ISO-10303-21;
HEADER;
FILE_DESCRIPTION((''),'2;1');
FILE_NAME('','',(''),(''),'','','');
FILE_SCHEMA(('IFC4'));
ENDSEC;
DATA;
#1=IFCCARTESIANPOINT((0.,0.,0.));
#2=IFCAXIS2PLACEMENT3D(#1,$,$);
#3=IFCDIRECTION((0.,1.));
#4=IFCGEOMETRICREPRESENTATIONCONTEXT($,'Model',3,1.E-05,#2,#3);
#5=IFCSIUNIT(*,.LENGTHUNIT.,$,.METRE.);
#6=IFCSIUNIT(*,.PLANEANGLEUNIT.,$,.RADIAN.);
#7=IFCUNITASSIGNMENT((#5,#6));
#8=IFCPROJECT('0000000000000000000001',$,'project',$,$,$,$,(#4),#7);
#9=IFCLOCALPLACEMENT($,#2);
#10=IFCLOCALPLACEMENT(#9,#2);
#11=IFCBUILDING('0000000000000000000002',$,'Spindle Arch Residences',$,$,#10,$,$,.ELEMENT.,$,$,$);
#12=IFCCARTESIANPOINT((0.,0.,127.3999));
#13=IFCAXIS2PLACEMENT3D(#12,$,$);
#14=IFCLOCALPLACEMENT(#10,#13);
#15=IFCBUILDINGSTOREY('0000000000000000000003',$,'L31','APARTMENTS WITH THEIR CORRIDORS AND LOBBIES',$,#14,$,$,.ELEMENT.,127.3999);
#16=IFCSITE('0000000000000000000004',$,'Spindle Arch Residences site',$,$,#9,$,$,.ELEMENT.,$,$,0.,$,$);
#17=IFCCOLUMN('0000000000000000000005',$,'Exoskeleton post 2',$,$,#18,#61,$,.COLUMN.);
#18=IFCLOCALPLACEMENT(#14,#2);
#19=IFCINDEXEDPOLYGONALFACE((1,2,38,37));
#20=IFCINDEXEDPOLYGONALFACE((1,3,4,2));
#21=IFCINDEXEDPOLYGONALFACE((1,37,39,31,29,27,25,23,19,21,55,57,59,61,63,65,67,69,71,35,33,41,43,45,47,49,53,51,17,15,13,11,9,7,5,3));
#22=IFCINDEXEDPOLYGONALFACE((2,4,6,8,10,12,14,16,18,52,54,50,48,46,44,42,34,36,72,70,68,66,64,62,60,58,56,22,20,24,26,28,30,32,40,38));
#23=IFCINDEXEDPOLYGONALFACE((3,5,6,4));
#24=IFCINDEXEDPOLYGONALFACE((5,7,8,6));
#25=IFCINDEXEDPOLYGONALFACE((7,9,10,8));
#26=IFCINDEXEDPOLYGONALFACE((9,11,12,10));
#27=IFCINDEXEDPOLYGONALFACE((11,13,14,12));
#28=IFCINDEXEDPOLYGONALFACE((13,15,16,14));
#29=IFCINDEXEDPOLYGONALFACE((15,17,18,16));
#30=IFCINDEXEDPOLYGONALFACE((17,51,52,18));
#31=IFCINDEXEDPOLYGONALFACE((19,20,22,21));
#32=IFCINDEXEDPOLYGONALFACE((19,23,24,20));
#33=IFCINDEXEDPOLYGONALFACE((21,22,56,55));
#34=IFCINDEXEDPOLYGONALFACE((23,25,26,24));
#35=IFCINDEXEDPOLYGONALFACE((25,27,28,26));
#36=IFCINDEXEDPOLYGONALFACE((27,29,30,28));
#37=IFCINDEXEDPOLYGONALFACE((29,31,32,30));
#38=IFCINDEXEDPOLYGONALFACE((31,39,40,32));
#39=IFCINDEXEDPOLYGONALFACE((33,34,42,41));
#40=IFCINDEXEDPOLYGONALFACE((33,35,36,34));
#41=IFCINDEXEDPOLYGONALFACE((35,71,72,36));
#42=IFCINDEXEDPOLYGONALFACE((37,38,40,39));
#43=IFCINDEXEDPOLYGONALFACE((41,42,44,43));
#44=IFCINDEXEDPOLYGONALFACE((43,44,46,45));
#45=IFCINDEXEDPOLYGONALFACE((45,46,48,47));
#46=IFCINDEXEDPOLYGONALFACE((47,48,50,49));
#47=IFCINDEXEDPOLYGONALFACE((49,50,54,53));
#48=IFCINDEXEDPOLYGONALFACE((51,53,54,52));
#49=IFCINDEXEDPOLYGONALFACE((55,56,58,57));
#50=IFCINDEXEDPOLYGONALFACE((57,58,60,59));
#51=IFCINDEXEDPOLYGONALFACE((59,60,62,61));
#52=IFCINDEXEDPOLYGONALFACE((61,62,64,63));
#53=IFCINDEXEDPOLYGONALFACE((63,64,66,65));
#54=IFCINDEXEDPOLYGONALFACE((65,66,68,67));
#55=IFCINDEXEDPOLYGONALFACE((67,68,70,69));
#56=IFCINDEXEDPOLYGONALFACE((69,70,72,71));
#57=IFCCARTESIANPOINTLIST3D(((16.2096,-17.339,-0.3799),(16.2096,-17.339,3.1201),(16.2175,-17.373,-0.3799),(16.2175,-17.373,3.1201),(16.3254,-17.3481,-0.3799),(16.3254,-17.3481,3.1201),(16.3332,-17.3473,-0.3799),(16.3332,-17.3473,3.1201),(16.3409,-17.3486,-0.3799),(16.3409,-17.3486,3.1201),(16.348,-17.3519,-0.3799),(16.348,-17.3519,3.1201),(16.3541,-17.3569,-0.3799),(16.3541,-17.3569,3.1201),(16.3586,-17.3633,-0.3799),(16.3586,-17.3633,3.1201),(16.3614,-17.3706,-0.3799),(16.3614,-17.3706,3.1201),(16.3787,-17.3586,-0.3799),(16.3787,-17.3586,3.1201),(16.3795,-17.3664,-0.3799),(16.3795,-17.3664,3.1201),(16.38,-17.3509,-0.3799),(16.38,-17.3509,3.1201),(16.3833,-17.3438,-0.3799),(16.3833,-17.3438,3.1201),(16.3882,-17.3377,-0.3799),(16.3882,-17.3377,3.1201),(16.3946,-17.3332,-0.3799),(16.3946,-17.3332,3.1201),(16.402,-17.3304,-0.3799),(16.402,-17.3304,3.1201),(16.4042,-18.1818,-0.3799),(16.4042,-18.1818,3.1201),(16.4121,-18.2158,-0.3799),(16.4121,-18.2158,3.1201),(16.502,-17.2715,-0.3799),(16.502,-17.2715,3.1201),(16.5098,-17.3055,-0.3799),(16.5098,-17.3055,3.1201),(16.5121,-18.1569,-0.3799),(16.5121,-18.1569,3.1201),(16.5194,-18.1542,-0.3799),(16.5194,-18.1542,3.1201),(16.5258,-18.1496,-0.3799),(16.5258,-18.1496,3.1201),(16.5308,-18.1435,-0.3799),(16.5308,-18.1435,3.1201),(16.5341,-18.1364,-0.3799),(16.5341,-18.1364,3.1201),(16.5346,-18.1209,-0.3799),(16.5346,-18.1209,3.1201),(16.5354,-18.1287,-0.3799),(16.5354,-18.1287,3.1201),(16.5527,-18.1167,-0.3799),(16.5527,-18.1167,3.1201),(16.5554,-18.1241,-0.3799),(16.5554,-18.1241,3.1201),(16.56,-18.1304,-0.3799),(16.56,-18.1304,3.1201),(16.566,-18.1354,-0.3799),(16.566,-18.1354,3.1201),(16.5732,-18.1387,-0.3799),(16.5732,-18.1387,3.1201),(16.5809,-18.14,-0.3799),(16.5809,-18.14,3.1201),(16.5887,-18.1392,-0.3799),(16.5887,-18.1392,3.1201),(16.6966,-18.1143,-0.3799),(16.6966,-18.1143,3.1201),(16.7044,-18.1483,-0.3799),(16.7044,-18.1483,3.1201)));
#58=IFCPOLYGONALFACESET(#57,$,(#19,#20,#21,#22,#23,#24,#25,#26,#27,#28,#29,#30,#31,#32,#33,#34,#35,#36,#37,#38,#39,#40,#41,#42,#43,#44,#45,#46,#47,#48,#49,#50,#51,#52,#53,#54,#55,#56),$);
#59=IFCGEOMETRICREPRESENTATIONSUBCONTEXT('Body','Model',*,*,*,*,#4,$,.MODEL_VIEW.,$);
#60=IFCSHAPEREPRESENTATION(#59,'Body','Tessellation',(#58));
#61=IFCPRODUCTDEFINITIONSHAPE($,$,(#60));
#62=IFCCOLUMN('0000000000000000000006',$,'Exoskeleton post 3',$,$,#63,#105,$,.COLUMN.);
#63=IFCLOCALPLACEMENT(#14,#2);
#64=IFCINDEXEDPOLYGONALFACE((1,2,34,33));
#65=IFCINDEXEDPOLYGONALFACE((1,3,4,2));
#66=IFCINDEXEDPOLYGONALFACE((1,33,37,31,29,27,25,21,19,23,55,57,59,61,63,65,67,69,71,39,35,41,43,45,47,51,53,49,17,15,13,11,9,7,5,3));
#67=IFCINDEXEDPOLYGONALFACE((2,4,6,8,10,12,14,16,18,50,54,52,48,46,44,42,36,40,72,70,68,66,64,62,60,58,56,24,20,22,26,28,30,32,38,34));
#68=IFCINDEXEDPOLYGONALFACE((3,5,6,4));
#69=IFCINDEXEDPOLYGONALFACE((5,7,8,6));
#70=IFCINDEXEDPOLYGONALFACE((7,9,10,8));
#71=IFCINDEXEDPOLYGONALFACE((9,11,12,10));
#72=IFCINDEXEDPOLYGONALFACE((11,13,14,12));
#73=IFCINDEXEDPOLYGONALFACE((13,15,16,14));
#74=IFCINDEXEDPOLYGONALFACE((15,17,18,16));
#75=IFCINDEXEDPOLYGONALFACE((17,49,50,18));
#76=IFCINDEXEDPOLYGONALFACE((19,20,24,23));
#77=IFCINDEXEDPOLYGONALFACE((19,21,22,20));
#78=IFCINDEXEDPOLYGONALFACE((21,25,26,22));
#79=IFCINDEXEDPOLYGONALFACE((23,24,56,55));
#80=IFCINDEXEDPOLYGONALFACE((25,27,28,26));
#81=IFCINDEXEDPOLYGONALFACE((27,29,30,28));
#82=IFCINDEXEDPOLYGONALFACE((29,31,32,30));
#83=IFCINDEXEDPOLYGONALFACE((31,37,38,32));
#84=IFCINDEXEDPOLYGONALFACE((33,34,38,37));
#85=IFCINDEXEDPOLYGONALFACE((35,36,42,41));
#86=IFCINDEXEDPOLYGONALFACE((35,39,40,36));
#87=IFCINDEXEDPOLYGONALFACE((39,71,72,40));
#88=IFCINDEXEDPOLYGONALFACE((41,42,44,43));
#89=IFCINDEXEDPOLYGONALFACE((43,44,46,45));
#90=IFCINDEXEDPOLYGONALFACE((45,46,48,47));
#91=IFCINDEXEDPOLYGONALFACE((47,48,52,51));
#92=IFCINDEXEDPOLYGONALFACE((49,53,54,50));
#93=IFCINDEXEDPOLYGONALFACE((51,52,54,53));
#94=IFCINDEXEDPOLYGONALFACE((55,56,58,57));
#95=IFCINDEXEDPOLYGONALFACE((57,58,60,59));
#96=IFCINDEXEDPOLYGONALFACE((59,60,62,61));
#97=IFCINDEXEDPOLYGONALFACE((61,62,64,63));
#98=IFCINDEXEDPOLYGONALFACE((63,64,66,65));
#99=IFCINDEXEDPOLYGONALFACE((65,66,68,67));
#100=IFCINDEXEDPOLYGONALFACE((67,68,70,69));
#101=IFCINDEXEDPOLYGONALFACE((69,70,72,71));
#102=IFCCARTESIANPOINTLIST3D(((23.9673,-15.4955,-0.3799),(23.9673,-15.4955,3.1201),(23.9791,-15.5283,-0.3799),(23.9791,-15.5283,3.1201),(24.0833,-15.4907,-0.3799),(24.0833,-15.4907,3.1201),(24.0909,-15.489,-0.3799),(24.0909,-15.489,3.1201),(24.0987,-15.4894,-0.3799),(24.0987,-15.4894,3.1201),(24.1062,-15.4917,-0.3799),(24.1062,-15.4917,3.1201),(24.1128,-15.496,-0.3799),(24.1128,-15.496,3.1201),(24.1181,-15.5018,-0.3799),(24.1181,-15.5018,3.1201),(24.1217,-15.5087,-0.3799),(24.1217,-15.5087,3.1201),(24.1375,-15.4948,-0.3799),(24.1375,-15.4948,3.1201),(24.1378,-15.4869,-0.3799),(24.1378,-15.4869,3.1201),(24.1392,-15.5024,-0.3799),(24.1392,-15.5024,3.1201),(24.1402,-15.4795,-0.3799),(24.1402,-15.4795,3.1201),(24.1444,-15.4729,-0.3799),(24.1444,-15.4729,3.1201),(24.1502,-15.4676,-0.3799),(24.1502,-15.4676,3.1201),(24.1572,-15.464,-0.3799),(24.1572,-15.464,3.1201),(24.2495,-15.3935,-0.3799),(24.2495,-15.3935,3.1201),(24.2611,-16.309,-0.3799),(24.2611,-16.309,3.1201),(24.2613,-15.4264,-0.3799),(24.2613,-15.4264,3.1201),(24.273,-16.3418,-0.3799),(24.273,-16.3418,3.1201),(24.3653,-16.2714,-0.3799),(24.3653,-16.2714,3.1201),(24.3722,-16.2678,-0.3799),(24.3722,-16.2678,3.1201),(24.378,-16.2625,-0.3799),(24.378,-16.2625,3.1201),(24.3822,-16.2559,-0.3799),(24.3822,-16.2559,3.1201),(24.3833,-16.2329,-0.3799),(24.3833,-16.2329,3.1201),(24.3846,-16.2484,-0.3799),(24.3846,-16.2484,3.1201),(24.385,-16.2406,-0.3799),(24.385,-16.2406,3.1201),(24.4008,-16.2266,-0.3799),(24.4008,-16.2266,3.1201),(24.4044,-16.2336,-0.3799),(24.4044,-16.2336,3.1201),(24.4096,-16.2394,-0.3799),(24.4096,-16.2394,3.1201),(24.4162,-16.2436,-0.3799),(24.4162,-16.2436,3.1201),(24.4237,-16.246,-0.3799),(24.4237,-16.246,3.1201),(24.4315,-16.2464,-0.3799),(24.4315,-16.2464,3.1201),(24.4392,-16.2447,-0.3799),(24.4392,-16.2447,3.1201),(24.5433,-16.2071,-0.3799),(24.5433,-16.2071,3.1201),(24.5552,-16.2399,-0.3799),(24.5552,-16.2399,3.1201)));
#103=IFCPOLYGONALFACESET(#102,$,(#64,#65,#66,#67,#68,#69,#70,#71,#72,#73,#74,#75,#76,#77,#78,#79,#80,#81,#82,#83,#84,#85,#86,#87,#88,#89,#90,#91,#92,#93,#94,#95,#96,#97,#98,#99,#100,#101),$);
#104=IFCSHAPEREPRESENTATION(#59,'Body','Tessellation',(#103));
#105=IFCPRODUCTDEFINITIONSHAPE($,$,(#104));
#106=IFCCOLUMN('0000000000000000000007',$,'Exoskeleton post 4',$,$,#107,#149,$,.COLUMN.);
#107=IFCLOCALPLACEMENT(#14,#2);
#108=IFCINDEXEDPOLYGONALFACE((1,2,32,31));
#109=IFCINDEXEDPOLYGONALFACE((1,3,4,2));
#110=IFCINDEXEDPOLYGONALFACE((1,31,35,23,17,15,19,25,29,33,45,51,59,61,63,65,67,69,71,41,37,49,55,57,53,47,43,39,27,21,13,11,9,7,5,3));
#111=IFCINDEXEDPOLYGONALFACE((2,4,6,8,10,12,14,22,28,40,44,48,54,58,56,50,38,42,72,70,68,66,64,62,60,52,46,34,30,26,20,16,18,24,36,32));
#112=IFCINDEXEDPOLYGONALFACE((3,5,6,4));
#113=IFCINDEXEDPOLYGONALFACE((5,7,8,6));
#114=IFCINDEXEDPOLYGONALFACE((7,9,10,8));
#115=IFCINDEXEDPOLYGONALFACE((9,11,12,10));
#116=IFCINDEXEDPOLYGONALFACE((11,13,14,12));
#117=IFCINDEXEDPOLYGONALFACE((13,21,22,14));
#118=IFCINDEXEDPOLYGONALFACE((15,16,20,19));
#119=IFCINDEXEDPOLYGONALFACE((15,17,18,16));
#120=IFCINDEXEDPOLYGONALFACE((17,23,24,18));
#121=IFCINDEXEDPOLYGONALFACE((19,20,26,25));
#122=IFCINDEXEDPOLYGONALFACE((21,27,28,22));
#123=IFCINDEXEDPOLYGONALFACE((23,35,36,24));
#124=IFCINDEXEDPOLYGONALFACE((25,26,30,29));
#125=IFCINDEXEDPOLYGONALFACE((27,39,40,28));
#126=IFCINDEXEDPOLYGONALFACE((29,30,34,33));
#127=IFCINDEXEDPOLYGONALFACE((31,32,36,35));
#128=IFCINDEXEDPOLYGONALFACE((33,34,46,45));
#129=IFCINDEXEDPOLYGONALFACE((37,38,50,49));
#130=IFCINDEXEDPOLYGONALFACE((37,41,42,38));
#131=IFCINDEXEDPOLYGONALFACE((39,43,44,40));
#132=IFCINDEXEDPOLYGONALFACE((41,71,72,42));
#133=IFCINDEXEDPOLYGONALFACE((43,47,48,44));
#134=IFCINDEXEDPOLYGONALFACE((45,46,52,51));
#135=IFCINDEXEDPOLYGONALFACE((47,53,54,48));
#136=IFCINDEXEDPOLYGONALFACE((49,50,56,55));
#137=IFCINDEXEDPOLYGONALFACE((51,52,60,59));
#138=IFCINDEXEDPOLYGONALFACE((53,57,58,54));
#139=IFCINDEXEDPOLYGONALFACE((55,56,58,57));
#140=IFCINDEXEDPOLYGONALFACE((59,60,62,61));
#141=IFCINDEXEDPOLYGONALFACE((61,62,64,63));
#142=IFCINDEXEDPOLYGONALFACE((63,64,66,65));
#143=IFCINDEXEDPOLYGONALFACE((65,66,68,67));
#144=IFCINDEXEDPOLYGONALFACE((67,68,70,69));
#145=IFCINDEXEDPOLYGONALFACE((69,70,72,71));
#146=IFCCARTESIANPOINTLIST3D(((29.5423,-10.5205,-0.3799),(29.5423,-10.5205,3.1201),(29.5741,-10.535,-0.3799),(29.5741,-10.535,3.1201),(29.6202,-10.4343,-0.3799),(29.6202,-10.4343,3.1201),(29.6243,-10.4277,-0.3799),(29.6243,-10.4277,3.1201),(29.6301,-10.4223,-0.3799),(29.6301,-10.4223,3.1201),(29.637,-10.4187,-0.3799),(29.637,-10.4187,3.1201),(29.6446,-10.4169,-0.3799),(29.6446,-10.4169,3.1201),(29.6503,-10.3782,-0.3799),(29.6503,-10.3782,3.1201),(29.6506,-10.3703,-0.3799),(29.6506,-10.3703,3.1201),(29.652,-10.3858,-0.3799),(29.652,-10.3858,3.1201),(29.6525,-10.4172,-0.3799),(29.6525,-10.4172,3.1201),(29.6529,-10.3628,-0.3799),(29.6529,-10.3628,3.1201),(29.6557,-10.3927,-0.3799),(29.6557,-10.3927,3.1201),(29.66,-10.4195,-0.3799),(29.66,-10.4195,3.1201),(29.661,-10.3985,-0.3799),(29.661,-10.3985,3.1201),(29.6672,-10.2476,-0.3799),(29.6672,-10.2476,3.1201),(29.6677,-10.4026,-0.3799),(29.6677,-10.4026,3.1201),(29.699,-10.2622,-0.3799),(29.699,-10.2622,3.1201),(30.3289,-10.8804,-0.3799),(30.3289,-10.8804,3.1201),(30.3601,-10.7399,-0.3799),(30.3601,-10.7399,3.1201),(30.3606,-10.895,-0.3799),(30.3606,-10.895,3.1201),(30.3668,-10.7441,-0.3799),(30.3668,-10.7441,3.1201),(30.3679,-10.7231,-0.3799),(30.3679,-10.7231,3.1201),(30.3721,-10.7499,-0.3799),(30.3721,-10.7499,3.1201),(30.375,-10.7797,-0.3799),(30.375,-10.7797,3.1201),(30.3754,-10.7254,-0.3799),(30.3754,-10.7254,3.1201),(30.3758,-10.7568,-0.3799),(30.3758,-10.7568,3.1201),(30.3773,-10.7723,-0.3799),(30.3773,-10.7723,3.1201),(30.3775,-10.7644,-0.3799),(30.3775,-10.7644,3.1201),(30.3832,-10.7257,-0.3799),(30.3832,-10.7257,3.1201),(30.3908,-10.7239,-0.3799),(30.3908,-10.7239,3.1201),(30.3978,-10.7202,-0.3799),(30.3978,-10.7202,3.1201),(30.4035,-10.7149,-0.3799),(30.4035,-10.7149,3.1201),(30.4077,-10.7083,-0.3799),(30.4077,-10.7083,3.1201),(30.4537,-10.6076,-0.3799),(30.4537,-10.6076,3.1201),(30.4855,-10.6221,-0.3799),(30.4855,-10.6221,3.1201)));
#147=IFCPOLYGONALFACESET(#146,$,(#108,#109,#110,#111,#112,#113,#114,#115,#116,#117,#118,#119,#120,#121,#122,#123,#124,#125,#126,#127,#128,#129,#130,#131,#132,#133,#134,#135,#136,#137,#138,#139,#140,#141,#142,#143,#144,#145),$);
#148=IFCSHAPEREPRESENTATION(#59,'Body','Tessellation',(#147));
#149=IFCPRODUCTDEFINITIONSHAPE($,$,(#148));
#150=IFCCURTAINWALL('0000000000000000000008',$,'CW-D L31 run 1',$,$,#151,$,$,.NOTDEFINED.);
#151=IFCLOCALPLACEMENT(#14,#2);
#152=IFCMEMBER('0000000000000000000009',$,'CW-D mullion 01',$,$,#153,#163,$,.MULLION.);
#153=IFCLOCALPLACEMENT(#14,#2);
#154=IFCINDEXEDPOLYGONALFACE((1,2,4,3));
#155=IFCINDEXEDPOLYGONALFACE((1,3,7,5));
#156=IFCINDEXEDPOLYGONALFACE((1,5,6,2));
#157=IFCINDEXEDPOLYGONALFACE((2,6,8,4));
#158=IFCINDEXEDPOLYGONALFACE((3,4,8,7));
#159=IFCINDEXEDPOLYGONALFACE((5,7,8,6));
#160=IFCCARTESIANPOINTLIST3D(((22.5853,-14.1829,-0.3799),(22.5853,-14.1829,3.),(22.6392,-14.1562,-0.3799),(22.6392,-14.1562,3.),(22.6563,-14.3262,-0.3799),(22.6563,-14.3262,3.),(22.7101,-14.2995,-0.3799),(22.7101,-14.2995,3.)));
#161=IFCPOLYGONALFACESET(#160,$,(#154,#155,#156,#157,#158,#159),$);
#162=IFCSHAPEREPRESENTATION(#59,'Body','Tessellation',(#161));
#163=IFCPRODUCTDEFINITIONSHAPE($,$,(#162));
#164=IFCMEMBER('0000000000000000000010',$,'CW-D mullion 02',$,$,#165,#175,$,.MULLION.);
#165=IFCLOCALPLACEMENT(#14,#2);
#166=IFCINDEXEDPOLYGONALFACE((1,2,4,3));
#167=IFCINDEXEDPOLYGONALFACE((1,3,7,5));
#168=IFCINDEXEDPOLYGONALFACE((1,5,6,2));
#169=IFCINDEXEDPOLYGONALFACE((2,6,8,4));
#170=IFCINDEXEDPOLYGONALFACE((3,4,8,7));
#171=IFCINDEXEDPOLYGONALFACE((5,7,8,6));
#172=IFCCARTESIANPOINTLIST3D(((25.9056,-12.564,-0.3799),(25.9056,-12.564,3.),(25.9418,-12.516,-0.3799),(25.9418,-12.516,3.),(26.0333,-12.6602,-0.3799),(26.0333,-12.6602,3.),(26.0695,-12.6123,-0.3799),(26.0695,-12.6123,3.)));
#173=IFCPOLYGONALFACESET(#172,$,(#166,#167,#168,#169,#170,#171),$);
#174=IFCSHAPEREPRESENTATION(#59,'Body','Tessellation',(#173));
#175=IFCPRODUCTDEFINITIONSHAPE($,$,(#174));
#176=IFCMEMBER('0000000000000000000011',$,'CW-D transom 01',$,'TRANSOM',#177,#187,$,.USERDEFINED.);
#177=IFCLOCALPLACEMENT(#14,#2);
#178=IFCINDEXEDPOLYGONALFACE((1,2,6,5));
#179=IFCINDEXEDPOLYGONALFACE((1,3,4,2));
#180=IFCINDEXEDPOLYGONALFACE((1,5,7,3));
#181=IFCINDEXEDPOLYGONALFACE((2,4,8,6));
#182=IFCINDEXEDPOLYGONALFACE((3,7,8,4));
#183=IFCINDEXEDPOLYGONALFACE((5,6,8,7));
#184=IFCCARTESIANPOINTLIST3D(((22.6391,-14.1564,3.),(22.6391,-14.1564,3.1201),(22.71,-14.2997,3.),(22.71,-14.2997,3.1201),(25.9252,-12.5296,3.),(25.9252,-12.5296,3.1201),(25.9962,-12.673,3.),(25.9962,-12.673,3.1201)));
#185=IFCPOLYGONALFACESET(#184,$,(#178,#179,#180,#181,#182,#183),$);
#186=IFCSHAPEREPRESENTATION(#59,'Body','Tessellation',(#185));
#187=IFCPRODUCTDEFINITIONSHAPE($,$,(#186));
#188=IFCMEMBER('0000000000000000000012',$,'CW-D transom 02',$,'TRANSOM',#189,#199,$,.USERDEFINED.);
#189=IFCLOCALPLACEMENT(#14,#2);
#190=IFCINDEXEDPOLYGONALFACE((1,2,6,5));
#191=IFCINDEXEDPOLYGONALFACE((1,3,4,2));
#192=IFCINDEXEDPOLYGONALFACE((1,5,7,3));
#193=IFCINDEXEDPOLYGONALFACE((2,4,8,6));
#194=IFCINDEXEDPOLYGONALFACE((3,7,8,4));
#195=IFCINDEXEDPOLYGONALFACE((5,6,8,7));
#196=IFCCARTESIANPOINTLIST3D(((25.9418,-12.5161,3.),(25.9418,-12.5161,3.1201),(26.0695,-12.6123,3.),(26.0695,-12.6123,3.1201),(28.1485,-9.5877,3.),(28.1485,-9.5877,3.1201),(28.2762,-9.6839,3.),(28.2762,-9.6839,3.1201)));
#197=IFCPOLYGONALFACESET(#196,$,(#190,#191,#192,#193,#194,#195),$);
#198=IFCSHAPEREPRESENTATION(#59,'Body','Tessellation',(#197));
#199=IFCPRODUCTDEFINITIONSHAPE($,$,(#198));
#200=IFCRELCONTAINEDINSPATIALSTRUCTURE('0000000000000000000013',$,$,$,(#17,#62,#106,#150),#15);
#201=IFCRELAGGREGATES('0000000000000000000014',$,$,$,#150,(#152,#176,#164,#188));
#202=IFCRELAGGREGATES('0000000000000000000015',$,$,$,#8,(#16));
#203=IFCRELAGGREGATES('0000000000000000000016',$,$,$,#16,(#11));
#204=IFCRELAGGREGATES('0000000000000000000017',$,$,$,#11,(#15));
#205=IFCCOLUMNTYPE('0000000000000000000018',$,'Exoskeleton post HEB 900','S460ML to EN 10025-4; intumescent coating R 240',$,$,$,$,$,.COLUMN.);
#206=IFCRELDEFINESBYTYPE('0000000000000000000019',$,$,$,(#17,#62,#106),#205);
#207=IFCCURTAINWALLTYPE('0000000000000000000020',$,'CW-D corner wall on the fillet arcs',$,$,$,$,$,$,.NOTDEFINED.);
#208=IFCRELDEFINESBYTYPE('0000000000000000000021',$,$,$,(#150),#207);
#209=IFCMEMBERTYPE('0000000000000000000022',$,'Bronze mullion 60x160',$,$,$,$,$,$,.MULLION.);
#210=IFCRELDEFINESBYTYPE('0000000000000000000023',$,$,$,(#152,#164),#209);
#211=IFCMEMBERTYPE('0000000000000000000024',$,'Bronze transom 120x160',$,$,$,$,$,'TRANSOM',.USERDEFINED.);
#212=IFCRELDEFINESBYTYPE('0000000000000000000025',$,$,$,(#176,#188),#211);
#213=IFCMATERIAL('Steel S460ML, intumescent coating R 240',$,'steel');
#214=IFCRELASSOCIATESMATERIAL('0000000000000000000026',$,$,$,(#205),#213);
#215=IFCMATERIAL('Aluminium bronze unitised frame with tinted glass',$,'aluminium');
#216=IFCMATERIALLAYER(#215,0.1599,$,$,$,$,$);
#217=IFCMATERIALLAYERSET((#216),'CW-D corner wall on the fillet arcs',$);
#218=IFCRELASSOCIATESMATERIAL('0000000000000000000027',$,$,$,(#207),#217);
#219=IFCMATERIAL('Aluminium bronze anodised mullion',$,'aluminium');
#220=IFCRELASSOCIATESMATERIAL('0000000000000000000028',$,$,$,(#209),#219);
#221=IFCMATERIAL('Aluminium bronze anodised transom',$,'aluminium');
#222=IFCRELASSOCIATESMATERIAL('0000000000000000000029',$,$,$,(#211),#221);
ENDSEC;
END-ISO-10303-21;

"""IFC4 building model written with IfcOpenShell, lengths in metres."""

from ifc_helpers import new_model, si_unit, direction, frame, origin, origin_2d, place, context, subcontext, project, spatial, rectangle, i_section, extrude, material, layer, layer_set, material_profile, profile_set, type_object, element, aggregate, save


model = new_model("IFC4")

# Units and contexts
model_context = context("Model", 3, precision=1e-05, world=origin(), true_north=direction((0.0, 1.0)))
body_context = subcontext(model_context, "Body", "Model", "MODEL_VIEW")
ifc_project = project(units=[si_unit("LENGTHUNIT", "METRE"), si_unit("PLANEANGLEUNIT", "RADIAN")], contexts=[model_context])

# Site, building, storey
site_placement = place(None, origin())
site = spatial("IfcSite", under=ifc_project, at=site_placement, Name="Spindle Arch Residences site", CompositionType="ELEMENT", RefElevation=0.0)
building_placement = place(site_placement, origin())
building = spatial("IfcBuilding", under=site, at=building_placement, Name="Spindle Arch Residences", CompositionType="ELEMENT")
storey_placement = place(building_placement, frame((0.0, 0.0, 127.3999)))
storey = spatial("IfcBuildingStorey", under=building, at=storey_placement, Name="L31", Description="APARTMENTS WITH THEIR CORRIDORS AND LOBBIES", CompositionType="ELEMENT", Elevation=127.3999)

# Columns
ifc_material_1 = material(Name="Steel S460ML, intumescent coating R 240", Category="steel")
ifc_material_profile_1 = material_profile(ifc_material_1, i_section(OverallWidth=0.3, OverallDepth=0.8999, WebThickness=0.0186, FlangeThickness=0.0349, FilletRadius=0.03, at=origin_2d()), Name="HEB 900")
ifc_profile_set_1 = profile_set([ifc_material_profile_1], Name="Steel S460ML, intumescent coating R 240")
column_type = type_object("IfcColumnType", Name="Exoskeleton post HEB 900", Description="S460ML to EN 10025-4; intumescent coating R 240", PredefinedType="COLUMN", material=ifc_profile_set_1)
for number, where, z_axis, x_axis, name in (
    (1, (16.457, -17.7437, -0.3799), (0.0, 0.0, 1.0), (-0.97437, -0.224951, 0.0), "Exoskeleton post 2"),
    (2, (24.2612, -15.8677, -0.3799), (0.0, 0.0, 1.0), (-0.940523, -0.339729, 0.0), "Exoskeleton post 3"),
    (3, (30.0139, -10.5713, -0.3799), (0.0, 0.0, 1.0), (-0.416144, -0.909299, 0.0), "Exoskeleton post 4"),
):
    element("IfcColumn", number, at=place(storey_placement, frame(where, z_axis=z_axis, x_axis=x_axis)), inside=storey, type_object=column_type, Name=name, PredefinedType="COLUMN", context=body_context, shape_type="SweptSolid", body=[
        extrude(i_section(OverallWidth=0.3, OverallDepth=0.8999, WebThickness=0.0186, FlangeThickness=0.0349, FilletRadius=0.03, at=origin_2d()), origin(), (0.0, 0.0, 1.0), 3.5),
    ])

# Curtain wall, members
ifc_material_2 = material(Name="Aluminium bronze unitised frame with tinted glass", Category="aluminium")
ifc_layer_1 = layer(ifc_material_2, 0.1599)
ifc_layer_set_1 = layer_set([ifc_layer_1], Name="CW-D corner wall on the fillet arcs")
curtain_wall_type = type_object("IfcCurtainWallType", Name="CW-D corner wall on the fillet arcs", PredefinedType="NOTDEFINED", material=ifc_layer_set_1)
curtain_wall_placement = place(storey_placement, origin())
curtain_wall = element("IfcCurtainWall", 4, at=curtain_wall_placement, inside=storey, type_object=curtain_wall_type, Name="CW-D L31 run 1", PredefinedType="NOTDEFINED")
ifc_material_3 = material(Name="Aluminium bronze anodised mullion", Category="aluminium")
ifc_material_profile_2 = material_profile(ifc_material_3, rectangle(XDim=0.1599, YDim=0.0601, at=origin_2d()), Name="MU 60x160")
ifc_profile_set_2 = profile_set([ifc_material_profile_2], Name="Aluminium bronze anodised mullion")
member_type_1 = type_object("IfcMemberType", Name="Bronze mullion 60x160", PredefinedType="MULLION", material=ifc_profile_set_2)
member_1_placement = place(storey_placement, frame((22.6477, -14.2412, -0.3799), z_axis=(0.0, 0.0, 1.0), x_axis=(-0.443593, 0.896229, 0.0)))
member_1 = element("IfcMember", 5, at=member_1_placement, type_object=member_type_1, Name="CW-D mullion 01", PredefinedType="MULLION", context=body_context, shape_type="SweptSolid", body=[
    extrude(rectangle(XDim=0.1599, YDim=0.0601, at=origin_2d()), origin(), (0.0, 0.0, 1.0), 3.3799),
])
member_2_placement = place(storey_placement, frame((25.9875, -12.5881, -0.3799), z_axis=(0.0, 0.0, 1.0), x_axis=(-0.798636, 0.601815, 0.0)))
member_2 = element("IfcMember", 6, at=member_2_placement, type_object=member_type_1, Name="CW-D mullion 02", PredefinedType="MULLION", context=body_context, shape_type="SweptSolid", body=[
    extrude(rectangle(XDim=0.1599, YDim=0.0601, at=origin_2d()), origin(), (0.0, 0.0, 1.0), 3.3799),
])
ifc_material_4 = material(Name="Aluminium bronze anodised transom", Category="aluminium")
ifc_material_profile_3 = material_profile(ifc_material_4, rectangle(XDim=0.1599, YDim=0.1201, at=origin_2d()), Name="TR 120x160")
ifc_profile_set_3 = profile_set([ifc_material_profile_3], Name="Aluminium bronze anodised transom")
member_type_2 = type_object("IfcMemberType", Name="Bronze transom 120x160", ElementType="TRANSOM", PredefinedType="USERDEFINED", material=ifc_profile_set_3)
member_3_placement = place(storey_placement, frame((22.6746, -14.228, 3.0601), z_axis=(0.896204, 0.443641, 0.0), x_axis=(-0.443641, 0.896204, 0.0)))
member_3 = element("IfcMember", 7, at=member_3_placement, type_object=member_type_2, Name="CW-D transom 01", ObjectType="TRANSOM", PredefinedType="USERDEFINED", context=body_context, shape_type="SweptSolid", body=[
    extrude(rectangle(XDim=0.1599, YDim=0.1201, at=origin_2d()), origin(), (0.0, 0.0, 1.0), 3.6667),
])
member_4_placement = place(storey_placement, frame((26.0056, -12.5642, 3.0601), z_axis=(0.60182, 0.798632, 0.0), x_axis=(-0.798632, 0.60182, 0.0)))
member_4 = element("IfcMember", 8, at=member_4_placement, type_object=member_type_2, Name="CW-D transom 02", ObjectType="TRANSOM", PredefinedType="USERDEFINED", context=body_context, shape_type="SweptSolid", body=[
    extrude(rectangle(XDim=0.1599, YDim=0.1201, at=origin_2d()), origin(), (0.0, 0.0, 1.0), 3.6667),
])

aggregate(curtain_wall, [member_1, member_3, member_2, member_4])

save(model, "model.ifc")
